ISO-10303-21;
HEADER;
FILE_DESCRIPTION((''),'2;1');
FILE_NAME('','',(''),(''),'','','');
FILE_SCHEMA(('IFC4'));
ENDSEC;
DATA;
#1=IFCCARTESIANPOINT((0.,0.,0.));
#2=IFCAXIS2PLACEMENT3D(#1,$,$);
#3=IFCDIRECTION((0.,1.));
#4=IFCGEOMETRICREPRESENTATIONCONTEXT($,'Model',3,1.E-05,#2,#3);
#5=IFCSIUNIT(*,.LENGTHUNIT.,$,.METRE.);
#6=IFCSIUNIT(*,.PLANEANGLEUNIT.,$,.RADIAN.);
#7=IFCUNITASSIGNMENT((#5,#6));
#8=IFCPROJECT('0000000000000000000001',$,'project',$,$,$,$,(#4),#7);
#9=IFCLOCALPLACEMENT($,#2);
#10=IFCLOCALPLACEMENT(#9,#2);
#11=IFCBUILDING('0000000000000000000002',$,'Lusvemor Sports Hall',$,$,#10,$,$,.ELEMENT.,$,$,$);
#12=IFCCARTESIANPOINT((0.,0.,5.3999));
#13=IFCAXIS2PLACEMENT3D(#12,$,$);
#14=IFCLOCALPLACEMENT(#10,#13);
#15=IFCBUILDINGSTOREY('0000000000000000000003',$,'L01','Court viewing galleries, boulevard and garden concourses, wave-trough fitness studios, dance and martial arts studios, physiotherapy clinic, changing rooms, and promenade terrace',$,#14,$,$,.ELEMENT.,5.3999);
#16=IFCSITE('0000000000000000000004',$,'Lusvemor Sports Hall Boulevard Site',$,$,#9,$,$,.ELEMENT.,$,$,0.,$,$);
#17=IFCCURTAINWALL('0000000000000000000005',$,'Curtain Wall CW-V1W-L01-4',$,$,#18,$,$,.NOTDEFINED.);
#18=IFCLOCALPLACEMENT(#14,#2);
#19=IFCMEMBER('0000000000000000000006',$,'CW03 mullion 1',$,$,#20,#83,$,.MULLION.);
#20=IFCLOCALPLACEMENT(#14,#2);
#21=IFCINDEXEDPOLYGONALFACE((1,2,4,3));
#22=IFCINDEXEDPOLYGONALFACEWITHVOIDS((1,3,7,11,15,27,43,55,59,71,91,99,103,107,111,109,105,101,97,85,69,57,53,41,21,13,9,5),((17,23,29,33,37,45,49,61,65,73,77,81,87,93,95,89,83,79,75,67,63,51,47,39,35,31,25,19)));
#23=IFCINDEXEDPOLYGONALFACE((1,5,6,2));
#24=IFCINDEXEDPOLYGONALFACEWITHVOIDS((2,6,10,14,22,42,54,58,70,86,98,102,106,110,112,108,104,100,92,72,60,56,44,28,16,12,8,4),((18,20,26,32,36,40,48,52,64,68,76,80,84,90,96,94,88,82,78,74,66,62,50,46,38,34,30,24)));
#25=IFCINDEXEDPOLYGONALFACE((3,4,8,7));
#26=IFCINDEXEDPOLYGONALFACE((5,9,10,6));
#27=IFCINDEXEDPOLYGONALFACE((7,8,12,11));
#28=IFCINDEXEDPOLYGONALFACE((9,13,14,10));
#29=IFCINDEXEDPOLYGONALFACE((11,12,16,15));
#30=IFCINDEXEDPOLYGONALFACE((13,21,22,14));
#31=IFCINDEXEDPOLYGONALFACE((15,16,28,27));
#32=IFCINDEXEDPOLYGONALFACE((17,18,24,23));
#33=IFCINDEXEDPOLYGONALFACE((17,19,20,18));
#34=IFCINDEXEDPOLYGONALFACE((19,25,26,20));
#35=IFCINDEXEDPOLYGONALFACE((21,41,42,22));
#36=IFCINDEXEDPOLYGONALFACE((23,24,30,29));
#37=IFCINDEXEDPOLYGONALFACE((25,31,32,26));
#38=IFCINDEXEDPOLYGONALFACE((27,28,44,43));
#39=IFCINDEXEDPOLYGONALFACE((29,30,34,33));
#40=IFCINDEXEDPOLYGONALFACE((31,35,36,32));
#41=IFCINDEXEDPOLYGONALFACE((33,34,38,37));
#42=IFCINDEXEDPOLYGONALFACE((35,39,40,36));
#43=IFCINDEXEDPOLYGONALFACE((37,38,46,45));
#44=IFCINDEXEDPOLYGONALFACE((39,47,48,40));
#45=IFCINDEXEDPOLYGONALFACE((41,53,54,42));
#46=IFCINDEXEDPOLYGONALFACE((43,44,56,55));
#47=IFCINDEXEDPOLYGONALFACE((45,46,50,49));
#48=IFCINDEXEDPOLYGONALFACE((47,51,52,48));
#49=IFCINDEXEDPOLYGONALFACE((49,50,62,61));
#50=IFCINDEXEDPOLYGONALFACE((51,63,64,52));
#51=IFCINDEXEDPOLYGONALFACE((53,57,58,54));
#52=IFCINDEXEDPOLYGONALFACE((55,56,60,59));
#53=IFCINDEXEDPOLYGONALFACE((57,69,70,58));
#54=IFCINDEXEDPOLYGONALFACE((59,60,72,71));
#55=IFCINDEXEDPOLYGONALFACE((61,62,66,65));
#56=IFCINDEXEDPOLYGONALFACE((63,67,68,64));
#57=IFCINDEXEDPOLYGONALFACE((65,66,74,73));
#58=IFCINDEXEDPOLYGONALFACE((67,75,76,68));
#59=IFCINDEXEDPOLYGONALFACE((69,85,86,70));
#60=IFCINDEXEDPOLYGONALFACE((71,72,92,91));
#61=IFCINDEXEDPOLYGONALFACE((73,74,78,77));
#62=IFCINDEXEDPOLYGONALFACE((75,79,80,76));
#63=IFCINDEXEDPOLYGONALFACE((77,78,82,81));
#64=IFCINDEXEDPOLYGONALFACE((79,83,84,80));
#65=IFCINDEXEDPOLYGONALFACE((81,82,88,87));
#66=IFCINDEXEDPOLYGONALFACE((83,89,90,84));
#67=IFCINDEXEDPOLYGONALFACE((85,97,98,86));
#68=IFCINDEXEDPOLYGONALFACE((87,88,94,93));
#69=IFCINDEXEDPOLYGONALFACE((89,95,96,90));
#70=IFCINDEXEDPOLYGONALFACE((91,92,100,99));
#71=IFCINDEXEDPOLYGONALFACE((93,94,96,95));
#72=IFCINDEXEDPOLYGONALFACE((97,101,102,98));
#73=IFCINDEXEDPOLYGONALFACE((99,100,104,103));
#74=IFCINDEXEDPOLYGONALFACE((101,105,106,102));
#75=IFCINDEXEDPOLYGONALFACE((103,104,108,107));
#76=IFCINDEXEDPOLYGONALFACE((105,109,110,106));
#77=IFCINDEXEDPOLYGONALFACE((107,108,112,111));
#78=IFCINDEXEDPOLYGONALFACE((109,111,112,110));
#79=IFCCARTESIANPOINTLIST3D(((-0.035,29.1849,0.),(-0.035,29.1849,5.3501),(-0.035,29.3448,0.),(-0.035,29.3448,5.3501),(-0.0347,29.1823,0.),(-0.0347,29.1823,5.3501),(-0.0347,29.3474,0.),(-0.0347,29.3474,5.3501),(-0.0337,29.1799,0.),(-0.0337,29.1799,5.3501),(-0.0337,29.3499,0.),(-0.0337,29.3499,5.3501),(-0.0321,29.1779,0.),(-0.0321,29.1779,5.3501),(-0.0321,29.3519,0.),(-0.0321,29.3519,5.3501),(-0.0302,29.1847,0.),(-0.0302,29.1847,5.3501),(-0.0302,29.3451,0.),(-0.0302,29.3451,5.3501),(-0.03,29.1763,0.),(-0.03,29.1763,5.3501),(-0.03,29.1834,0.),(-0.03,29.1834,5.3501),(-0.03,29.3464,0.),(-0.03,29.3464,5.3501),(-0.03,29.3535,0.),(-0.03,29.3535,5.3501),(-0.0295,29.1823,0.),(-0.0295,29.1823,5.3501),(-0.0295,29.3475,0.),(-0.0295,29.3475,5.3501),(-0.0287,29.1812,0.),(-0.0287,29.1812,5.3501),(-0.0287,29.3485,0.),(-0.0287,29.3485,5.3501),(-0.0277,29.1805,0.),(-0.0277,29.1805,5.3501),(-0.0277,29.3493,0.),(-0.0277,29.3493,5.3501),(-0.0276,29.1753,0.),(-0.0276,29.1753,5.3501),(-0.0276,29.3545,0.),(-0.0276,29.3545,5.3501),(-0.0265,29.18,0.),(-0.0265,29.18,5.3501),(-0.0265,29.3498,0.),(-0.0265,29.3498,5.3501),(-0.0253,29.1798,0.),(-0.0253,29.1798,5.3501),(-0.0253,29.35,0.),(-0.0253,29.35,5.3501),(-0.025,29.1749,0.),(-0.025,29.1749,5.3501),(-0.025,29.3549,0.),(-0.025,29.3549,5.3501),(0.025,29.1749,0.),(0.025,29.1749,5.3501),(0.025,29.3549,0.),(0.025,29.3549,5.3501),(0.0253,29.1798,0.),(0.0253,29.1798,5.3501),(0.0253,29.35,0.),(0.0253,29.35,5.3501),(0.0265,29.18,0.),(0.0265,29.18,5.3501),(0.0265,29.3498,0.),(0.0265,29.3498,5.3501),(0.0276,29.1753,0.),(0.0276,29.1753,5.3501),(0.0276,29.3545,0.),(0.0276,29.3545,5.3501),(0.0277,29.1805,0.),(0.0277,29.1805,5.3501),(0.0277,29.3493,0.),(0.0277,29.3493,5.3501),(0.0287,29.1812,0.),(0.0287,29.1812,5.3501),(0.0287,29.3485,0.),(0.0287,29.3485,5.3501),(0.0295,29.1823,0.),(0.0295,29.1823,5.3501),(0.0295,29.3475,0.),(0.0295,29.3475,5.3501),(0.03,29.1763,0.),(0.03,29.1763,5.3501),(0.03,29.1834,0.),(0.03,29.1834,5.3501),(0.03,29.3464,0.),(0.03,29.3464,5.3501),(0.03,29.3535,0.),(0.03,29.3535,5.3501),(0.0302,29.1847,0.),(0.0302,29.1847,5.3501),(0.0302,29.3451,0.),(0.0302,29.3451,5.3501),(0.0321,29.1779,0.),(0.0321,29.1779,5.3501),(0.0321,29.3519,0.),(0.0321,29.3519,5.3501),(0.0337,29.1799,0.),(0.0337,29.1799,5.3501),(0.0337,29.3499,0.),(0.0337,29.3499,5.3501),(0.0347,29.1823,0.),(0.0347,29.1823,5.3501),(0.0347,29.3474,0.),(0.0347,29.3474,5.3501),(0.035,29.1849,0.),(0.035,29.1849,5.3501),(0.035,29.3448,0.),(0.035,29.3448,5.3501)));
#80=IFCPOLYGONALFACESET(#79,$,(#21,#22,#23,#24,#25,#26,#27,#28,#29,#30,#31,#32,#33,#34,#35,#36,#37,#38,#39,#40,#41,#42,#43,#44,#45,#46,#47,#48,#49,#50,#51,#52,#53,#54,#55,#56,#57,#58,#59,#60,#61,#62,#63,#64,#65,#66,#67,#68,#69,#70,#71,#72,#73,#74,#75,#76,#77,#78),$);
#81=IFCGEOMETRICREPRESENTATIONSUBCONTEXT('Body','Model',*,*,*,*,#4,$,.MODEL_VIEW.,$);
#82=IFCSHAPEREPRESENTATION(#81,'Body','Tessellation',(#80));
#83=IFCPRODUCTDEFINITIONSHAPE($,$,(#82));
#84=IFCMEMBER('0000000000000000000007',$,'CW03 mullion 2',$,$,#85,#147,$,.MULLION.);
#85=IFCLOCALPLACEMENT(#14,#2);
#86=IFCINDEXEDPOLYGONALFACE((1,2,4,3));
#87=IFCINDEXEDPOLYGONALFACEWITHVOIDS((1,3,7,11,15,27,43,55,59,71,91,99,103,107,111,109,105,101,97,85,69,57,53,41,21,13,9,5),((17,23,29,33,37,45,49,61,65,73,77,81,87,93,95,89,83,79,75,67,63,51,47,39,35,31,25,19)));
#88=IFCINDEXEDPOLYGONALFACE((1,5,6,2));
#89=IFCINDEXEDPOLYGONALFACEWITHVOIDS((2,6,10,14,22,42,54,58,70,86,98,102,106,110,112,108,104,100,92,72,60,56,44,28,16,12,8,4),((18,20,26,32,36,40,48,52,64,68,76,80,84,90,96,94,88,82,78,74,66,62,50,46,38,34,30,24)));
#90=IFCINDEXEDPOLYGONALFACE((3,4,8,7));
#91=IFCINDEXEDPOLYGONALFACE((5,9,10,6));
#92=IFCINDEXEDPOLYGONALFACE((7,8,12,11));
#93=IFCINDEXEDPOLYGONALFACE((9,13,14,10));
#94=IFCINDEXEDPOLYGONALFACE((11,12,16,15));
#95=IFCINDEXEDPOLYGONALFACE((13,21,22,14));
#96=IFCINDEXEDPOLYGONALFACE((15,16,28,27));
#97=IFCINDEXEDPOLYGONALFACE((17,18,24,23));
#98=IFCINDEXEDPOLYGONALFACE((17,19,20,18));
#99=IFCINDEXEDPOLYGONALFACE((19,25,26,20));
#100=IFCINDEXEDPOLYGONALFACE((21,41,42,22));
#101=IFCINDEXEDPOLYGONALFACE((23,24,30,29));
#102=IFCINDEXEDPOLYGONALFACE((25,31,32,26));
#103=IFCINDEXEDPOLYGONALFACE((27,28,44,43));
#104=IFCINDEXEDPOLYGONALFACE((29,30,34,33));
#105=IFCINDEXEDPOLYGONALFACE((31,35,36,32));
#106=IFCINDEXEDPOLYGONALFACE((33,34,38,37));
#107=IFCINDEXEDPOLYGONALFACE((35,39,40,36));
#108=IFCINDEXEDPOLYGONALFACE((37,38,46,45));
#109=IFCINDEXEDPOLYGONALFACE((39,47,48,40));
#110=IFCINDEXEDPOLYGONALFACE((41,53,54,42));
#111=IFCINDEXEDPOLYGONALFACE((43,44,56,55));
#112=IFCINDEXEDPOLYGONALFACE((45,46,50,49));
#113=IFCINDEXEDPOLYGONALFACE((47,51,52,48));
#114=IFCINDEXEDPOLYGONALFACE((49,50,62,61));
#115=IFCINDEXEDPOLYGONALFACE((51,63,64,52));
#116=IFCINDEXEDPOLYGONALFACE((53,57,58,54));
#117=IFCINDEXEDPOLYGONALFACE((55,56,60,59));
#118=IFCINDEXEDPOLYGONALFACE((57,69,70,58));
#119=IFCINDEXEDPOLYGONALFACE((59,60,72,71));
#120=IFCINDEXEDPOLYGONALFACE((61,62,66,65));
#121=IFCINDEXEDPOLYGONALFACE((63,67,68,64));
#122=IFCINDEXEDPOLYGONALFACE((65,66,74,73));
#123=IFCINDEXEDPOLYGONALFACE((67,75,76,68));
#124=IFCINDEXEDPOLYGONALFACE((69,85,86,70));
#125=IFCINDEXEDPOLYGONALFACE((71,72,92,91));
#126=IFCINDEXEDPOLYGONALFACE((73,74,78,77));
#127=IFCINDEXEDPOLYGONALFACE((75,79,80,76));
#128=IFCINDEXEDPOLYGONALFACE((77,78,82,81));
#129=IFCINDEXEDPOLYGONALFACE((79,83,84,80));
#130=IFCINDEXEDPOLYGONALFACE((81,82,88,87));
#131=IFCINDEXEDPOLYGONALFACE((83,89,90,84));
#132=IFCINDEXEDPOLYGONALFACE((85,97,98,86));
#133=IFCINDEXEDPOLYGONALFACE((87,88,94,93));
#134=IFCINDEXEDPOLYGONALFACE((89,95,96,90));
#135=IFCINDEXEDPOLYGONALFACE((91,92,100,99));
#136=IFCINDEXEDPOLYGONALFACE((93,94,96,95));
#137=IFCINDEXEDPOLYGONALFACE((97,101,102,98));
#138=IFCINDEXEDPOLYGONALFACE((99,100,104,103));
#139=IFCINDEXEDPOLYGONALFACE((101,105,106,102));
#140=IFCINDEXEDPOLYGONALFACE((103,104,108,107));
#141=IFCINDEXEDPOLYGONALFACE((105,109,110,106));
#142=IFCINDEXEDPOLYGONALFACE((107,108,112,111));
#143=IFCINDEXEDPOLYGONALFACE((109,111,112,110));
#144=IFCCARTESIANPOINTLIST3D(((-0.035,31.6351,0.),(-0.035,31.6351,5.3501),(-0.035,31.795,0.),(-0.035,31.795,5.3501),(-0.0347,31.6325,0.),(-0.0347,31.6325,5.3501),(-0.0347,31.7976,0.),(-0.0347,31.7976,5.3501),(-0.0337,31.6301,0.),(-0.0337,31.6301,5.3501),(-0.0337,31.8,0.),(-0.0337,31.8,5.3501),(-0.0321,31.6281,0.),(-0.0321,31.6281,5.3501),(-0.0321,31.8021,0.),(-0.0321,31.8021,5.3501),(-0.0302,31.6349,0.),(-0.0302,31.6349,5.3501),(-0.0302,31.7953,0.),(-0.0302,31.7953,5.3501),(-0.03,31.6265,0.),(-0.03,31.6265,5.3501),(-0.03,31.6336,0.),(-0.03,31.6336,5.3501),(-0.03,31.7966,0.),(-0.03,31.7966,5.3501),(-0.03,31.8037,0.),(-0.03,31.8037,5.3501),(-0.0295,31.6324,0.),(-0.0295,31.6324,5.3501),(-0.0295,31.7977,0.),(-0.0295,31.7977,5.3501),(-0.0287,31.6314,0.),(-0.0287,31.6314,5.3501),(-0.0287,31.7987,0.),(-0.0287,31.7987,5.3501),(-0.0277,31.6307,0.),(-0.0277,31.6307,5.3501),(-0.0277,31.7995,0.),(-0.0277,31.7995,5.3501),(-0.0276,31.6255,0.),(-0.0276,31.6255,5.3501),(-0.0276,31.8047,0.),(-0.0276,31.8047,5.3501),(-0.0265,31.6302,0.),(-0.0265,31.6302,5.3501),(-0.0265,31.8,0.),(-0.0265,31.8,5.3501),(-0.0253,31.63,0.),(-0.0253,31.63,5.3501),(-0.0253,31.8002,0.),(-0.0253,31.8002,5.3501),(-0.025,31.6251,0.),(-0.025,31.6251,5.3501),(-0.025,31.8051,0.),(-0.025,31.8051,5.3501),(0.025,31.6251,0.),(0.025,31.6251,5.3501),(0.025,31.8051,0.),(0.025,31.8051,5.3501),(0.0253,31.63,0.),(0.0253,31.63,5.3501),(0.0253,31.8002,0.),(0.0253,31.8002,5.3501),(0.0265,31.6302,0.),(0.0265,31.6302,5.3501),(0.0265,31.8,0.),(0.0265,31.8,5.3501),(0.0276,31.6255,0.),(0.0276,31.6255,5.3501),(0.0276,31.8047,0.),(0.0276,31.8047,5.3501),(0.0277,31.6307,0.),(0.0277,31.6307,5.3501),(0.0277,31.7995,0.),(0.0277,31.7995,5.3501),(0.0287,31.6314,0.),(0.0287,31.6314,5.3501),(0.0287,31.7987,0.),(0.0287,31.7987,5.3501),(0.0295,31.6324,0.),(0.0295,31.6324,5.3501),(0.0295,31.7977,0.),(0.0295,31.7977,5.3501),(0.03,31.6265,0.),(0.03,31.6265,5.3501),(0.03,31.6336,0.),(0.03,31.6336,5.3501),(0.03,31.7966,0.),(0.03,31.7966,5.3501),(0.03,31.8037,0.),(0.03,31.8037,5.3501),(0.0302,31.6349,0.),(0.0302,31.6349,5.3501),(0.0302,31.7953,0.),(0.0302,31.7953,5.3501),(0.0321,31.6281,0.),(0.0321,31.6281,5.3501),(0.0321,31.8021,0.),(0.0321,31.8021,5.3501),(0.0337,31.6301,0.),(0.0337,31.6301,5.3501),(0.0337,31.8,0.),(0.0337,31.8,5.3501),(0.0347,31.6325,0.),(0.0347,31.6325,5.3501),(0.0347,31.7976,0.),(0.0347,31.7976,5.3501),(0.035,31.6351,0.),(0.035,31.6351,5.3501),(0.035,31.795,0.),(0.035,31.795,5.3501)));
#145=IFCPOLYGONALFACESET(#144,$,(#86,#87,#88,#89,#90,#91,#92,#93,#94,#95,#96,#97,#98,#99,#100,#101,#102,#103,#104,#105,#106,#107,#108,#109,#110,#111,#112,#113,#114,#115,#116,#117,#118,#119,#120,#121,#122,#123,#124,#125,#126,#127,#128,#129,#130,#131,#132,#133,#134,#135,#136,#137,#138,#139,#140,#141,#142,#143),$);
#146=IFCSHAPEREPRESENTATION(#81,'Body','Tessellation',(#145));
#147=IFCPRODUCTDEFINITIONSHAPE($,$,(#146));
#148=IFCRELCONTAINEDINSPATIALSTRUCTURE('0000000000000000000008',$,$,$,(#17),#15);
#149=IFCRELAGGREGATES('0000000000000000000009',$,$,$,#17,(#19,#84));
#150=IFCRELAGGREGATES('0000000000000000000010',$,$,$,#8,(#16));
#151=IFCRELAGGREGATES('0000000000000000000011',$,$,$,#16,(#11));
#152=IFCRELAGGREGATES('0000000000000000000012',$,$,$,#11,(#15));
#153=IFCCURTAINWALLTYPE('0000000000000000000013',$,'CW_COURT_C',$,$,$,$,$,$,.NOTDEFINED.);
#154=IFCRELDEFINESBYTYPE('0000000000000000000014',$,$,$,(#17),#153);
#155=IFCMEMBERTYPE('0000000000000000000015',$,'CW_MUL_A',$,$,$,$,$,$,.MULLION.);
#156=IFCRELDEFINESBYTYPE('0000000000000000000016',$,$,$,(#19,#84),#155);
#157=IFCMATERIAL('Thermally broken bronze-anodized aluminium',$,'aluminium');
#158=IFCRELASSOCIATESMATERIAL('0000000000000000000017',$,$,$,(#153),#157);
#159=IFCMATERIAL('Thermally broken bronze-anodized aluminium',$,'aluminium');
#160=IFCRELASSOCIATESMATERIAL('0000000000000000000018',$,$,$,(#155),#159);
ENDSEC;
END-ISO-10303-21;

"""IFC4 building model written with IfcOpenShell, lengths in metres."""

from ifc_helpers import new_model, si_unit, direction, frame, origin, origin_2d, place, context, subcontext, project, spatial, hollow_rectangle, extrude, material, material_profile, profile_set, type_object, element, aggregate, save


model = new_model("IFC4")

# Units and contexts
model_context = context("Model", 3, precision=1e-05, world=origin(), true_north=direction((0.0, 1.0)))
body_context = subcontext(model_context, "Body", "Model", "MODEL_VIEW")
ifc_project = project(units=[si_unit("LENGTHUNIT", "METRE"), si_unit("PLANEANGLEUNIT", "RADIAN")], contexts=[model_context])

# Site, building, storey
site_placement = place(None, origin())
site = spatial("IfcSite", under=ifc_project, at=site_placement, Name="Lusvemor Sports Hall Boulevard Site", CompositionType="ELEMENT", RefElevation=0.0)
building_placement = place(site_placement, origin())
building = spatial("IfcBuilding", under=site, at=building_placement, Name="Lusvemor Sports Hall", CompositionType="ELEMENT")
storey_placement = place(building_placement, frame((0.0, 0.0, 5.3999)))
storey = spatial("IfcBuildingStorey", under=building, at=storey_placement, Name="L01", Description="Court viewing galleries, boulevard and garden concourses, wave-trough fitness studios, dance and martial arts studios, physiotherapy clinic, changing rooms, and promenade terrace", CompositionType="ELEMENT", Elevation=5.3999)

# Curtain wall, members
ifc_material_1 = material(Name="Thermally broken bronze-anodized aluminium", Category="aluminium")
curtain_wall_type = type_object("IfcCurtainWallType", Name="CW_COURT_C", PredefinedType="NOTDEFINED", material=ifc_material_1)
ifc_material_2 = material(Name="Thermally broken bronze-anodized aluminium", Category="aluminium")
ifc_material_profile_1 = material_profile(ifc_material_2, hollow_rectangle(XDim=0.0701, YDim=0.1799, WallThickness=0.0049, InnerFilletRadius=0.0049, OuterFilletRadius=0.01, at=origin_2d()), Name="CWMUL180x70x5")
ifc_profile_set_1 = profile_set([ifc_material_profile_1], Name="Thermally broken bronze-anodized aluminium")
member_type_1 = type_object("IfcMemberType", Name="CW_MUL_A", PredefinedType="MULLION", material=ifc_profile_set_1)
curtain_wall_1_placement = place(storey_placement, origin())
curtain_wall_1 = element("IfcCurtainWall", 1, at=curtain_wall_1_placement, inside=storey, type_object=curtain_wall_type, Name="Curtain Wall CW-V1W-L01-4", PredefinedType="NOTDEFINED")
member_1_placement = place(storey_placement, frame((0.0, 29.2649, 0.0), z_axis=(0.0, 0.0, 1.0), x_axis=(-1.0, 0.0, 0.0)))
member_1 = element("IfcMember", 2, at=member_1_placement, type_object=member_type_1, Name="CW03 mullion 1", PredefinedType="MULLION", context=body_context, shape_type="SweptSolid", body=[
    extrude(hollow_rectangle(XDim=0.0701, YDim=0.1799, WallThickness=0.0049, InnerFilletRadius=0.0049, OuterFilletRadius=0.01, at=origin_2d()), origin(), (0.0, 0.0, 1.0), 5.3501),
])
member_2_placement = place(storey_placement, frame((0.0, 31.7151, 0.0), z_axis=(0.0, 0.0, 1.0), x_axis=(-1.0, 0.0, 0.0)))
member_2 = element("IfcMember", 3, at=member_2_placement, type_object=member_type_1, Name="CW03 mullion 2", PredefinedType="MULLION", context=body_context, shape_type="SweptSolid", body=[
    extrude(hollow_rectangle(XDim=0.0701, YDim=0.1799, WallThickness=0.0049, InnerFilletRadius=0.0049, OuterFilletRadius=0.01, at=origin_2d()), origin(), (0.0, 0.0, 1.0), 5.3501),
])

aggregate(curtain_wall_1, [member_1, member_2])

save(model, "model.ifc")
